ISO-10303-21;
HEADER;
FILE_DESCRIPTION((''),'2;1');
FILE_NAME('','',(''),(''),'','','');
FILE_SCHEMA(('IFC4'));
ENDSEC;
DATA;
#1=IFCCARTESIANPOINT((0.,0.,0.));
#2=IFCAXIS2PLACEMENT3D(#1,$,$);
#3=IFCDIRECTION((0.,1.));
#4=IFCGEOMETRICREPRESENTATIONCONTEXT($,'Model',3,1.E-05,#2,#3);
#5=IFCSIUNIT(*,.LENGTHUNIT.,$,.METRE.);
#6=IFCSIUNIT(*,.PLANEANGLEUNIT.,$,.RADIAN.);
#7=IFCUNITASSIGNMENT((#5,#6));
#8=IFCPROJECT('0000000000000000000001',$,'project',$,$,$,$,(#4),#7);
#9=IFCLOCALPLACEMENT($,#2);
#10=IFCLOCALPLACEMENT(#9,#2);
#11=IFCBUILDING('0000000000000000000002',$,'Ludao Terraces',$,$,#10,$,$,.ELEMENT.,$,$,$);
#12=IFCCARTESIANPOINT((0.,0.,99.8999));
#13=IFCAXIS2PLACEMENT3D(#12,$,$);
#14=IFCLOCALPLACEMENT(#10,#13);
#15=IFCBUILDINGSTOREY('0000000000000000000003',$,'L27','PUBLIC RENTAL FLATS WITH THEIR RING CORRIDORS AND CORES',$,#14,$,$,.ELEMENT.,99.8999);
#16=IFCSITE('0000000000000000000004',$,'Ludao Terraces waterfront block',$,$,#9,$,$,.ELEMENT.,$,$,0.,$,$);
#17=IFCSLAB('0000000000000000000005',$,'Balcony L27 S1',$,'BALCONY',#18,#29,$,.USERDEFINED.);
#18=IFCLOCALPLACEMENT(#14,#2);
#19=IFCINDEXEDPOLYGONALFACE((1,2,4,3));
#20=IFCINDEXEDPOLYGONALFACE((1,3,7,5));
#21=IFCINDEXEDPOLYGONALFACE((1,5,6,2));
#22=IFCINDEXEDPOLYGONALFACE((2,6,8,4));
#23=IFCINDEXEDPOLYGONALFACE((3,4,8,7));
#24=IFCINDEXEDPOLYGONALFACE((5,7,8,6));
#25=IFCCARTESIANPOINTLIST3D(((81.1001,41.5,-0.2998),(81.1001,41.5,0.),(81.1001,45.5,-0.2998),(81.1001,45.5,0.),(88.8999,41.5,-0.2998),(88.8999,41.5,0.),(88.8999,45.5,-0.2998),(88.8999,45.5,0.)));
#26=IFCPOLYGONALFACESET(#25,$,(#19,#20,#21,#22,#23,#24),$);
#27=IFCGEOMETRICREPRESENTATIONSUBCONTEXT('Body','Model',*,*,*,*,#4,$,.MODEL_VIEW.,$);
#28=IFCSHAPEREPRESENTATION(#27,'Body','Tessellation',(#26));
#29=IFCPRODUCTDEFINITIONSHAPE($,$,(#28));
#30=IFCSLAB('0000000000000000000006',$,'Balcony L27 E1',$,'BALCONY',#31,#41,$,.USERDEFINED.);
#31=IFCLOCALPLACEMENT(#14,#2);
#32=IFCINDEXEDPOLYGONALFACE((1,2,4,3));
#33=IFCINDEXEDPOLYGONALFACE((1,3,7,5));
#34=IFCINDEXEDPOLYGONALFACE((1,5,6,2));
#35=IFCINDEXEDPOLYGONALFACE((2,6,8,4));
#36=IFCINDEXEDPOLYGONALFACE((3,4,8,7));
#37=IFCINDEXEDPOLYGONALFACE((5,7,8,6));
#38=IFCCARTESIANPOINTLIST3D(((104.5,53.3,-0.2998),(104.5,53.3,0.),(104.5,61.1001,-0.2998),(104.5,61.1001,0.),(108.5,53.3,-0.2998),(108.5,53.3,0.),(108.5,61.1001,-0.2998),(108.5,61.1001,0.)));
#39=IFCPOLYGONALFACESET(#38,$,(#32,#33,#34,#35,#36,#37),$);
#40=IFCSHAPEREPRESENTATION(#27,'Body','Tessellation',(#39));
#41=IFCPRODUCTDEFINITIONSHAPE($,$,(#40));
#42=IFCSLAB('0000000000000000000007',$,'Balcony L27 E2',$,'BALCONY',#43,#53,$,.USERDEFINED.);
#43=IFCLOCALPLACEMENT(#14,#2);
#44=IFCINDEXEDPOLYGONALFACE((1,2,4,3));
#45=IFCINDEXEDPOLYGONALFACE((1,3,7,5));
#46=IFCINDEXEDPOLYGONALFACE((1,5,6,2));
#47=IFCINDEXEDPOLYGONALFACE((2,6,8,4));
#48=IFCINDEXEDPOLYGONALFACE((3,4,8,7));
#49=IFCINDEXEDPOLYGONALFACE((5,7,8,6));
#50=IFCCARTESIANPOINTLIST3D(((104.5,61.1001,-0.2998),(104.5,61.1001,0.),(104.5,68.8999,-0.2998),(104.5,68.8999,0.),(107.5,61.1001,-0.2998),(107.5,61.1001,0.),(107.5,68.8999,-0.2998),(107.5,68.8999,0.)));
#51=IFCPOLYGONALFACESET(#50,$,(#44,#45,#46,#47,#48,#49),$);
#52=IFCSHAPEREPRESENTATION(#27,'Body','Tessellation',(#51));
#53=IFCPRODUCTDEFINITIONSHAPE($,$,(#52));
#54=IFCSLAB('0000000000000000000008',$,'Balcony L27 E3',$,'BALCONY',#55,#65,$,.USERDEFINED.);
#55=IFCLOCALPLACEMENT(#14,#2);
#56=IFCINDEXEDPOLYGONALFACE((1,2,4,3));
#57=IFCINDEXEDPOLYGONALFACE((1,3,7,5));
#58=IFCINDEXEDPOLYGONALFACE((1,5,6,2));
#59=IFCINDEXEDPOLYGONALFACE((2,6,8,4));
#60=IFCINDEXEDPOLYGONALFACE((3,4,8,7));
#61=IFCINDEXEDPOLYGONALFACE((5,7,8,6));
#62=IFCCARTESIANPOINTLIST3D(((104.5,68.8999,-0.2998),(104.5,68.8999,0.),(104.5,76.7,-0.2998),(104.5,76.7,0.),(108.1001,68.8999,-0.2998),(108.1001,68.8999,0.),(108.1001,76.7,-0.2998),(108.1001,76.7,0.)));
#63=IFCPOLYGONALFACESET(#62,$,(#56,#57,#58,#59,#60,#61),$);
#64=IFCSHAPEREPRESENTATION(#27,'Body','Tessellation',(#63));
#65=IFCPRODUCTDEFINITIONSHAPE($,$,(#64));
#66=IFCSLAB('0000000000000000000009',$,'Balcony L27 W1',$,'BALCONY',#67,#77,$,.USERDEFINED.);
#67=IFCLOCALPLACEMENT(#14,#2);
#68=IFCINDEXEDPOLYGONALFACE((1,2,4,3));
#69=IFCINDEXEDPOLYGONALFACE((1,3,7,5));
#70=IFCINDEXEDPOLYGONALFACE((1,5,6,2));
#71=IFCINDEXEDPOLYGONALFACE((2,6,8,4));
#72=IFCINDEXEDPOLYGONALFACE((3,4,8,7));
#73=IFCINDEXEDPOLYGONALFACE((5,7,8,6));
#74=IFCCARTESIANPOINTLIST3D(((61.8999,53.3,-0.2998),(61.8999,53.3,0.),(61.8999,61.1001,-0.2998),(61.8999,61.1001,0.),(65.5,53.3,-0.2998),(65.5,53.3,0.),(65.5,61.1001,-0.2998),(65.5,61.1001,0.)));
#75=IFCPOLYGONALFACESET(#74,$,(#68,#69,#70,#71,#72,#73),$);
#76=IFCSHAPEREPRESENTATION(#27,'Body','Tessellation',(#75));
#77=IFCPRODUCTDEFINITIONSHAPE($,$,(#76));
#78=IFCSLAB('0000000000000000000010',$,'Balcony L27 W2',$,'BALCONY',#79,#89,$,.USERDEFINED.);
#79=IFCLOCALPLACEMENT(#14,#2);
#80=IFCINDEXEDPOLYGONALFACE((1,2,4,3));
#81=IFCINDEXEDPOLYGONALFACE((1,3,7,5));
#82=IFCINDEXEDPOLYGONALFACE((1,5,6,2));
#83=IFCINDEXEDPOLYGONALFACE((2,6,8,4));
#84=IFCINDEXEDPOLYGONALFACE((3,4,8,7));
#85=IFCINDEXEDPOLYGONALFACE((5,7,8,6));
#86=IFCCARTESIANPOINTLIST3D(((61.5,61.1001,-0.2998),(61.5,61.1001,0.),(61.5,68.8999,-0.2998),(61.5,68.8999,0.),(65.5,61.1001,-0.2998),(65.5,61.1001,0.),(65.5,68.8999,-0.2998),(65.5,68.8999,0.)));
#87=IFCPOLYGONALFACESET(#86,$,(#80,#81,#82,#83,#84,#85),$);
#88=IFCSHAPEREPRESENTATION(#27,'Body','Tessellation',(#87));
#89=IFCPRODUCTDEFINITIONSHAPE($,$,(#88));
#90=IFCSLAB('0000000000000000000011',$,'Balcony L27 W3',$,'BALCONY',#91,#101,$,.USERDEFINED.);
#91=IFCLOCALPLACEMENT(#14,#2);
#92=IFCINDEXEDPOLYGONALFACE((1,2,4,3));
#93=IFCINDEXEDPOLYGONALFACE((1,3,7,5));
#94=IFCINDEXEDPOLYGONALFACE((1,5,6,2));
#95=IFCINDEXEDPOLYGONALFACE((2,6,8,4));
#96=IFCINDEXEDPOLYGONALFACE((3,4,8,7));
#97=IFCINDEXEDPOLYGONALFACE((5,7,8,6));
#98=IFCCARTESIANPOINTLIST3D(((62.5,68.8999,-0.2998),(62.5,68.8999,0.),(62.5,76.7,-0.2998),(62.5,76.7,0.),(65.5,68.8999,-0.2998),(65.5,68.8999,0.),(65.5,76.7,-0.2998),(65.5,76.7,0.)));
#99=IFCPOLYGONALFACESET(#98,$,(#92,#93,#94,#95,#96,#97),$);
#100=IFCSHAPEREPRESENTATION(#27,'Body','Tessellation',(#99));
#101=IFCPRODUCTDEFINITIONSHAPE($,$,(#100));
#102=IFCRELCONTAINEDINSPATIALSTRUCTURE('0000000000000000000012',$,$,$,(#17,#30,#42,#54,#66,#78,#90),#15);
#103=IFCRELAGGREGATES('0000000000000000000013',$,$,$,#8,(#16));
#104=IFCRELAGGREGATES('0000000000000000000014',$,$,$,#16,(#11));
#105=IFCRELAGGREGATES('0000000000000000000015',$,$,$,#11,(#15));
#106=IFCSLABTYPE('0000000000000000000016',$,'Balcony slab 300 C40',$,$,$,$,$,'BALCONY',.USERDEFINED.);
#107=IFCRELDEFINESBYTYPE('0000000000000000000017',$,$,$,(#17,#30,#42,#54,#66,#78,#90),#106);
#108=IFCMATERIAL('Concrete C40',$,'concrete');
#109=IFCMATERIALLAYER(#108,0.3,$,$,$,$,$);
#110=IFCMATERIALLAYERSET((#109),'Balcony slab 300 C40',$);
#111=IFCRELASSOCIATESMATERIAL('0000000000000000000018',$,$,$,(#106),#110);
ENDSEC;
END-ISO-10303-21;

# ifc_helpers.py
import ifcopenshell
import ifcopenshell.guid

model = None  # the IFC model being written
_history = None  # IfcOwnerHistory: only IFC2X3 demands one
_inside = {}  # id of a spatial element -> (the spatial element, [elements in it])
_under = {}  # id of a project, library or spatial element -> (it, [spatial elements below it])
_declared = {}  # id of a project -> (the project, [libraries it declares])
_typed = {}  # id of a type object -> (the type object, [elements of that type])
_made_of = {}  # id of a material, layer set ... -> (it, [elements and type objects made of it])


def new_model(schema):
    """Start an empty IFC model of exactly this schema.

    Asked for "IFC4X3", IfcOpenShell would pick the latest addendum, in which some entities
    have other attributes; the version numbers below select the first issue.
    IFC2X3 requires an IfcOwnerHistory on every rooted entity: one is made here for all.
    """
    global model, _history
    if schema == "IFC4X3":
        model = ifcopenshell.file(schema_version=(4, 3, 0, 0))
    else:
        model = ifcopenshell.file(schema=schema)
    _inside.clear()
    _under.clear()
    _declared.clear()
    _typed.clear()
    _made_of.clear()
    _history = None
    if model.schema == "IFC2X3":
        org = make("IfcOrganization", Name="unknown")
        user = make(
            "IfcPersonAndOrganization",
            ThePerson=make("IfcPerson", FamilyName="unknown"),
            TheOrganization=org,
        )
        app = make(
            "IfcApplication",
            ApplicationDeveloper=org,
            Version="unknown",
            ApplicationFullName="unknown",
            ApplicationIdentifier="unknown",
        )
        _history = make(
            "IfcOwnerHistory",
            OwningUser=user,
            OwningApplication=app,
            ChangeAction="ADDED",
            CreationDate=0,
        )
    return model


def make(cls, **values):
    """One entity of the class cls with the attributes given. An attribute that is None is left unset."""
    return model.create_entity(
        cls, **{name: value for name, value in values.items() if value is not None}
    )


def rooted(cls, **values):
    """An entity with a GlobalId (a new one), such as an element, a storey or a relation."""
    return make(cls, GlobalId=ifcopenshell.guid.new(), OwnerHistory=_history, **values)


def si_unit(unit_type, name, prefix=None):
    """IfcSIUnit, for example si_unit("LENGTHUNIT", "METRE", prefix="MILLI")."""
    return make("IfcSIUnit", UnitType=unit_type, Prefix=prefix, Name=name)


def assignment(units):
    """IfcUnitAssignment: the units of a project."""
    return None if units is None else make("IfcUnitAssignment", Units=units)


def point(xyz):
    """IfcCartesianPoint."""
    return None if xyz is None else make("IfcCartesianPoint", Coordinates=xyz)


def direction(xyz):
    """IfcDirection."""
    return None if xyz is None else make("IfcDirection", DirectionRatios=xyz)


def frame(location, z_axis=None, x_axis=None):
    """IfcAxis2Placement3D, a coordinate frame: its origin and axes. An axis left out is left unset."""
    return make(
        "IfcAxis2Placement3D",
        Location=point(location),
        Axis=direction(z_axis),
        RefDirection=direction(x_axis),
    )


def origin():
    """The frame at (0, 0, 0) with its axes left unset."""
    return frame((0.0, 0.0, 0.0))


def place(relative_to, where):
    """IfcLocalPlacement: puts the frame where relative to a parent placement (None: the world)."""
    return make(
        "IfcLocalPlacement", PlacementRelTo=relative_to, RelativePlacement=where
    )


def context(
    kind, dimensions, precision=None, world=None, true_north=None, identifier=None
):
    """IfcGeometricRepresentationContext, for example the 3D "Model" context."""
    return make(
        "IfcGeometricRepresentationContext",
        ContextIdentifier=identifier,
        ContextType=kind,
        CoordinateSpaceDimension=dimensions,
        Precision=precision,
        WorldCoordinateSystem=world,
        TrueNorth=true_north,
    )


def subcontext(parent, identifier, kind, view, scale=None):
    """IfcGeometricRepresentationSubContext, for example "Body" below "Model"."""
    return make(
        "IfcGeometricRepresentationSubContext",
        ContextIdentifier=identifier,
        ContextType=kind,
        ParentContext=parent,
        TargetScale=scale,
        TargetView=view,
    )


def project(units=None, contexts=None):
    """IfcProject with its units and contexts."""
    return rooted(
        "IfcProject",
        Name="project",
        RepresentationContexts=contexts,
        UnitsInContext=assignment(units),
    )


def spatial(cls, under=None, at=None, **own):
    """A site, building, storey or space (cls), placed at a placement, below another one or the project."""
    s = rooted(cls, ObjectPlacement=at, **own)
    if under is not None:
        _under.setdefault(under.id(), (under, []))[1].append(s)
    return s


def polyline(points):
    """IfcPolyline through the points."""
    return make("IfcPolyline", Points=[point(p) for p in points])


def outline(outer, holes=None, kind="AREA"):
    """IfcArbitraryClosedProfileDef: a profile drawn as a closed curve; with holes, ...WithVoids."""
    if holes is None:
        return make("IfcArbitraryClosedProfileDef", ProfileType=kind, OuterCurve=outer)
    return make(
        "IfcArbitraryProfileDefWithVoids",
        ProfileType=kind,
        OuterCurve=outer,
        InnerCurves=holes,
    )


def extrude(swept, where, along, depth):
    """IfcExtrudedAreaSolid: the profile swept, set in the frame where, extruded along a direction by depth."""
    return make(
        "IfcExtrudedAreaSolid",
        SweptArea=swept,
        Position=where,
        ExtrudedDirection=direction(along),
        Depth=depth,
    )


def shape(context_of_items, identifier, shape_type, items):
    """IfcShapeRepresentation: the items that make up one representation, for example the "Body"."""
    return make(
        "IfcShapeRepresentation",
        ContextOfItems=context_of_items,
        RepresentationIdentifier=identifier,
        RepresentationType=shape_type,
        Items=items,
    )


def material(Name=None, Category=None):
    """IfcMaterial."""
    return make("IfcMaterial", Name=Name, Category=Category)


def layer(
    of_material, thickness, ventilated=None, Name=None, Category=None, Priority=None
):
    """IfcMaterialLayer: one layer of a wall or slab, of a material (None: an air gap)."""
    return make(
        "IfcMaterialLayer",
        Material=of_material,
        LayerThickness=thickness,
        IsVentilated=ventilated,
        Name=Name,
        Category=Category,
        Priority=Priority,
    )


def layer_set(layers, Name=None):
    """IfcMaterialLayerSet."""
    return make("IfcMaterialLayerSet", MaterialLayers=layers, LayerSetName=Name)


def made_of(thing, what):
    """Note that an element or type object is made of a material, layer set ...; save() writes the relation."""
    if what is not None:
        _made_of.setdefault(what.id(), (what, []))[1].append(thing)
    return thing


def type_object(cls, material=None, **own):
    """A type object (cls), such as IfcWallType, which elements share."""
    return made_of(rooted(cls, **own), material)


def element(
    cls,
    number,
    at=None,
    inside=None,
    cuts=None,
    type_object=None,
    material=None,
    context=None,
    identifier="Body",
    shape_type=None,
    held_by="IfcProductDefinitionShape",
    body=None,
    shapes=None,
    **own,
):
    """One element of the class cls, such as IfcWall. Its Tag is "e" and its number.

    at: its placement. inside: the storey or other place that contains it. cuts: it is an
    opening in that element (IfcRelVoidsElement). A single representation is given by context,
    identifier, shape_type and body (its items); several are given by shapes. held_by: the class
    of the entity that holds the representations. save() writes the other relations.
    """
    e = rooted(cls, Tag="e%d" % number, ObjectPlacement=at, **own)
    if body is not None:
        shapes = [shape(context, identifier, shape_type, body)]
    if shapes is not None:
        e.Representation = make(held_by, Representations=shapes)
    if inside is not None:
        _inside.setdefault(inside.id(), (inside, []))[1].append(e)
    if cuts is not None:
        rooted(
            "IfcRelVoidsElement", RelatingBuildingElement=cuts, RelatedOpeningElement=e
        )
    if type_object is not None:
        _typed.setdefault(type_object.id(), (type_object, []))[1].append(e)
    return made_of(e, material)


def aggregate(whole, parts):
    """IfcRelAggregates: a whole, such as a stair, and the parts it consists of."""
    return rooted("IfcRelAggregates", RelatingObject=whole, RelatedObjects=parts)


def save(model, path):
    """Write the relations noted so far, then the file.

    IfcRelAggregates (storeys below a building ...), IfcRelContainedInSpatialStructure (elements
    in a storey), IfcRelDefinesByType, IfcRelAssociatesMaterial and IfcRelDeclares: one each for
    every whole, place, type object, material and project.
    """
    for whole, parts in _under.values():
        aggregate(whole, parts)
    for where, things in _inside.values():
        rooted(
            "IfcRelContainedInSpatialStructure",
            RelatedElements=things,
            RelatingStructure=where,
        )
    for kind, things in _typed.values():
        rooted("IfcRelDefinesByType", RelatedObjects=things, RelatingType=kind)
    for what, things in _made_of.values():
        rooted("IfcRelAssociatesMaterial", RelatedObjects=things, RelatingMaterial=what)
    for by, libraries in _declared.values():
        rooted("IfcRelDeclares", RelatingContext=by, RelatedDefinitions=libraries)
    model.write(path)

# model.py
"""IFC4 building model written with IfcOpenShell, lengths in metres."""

from ifc_helpers import new_model, si_unit, direction, frame, origin, place, context, subcontext, project, spatial, polyline, outline, extrude, material, layer, layer_set, type_object, element, save


model = new_model("IFC4")

# Units and contexts
model_context = context("Model", 3, precision=1e-05, world=origin(), true_north=direction((0.0, 1.0)))
body_context = subcontext(model_context, "Body", "Model", "MODEL_VIEW")
ifc_project = project(units=[si_unit("LENGTHUNIT", "METRE"), si_unit("PLANEANGLEUNIT", "RADIAN")], contexts=[model_context])

# Site, building, storey
site_placement = place(None, origin())
site = spatial("IfcSite", under=ifc_project, at=site_placement, Name="Ludao Terraces waterfront block", CompositionType="ELEMENT", RefElevation=0.0)
building_placement = place(site_placement, origin())
building = spatial("IfcBuilding", under=site, at=building_placement, Name="Ludao Terraces", CompositionType="ELEMENT")
storey_placement = place(building_placement, frame((0.0, 0.0, 99.8999)))
storey = spatial("IfcBuildingStorey", under=building, at=storey_placement, Name="L27", Description="PUBLIC RENTAL FLATS WITH THEIR RING CORRIDORS AND CORES", CompositionType="ELEMENT", Elevation=99.8999)

# Slabs
ifc_material_1 = material(Name="Concrete C40", Category="concrete")
ifc_layer_1 = layer(ifc_material_1, 0.3)
ifc_layer_set_1 = layer_set([ifc_layer_1], Name="Balcony slab 300 C40")
slab_type_1 = type_object("IfcSlabType", Name="Balcony slab 300 C40", ElementType="BALCONY", PredefinedType="USERDEFINED", material=ifc_layer_set_1)
slab_1_placement = place(storey_placement, frame((0.0, 0.0, -0.2998)))
element("IfcSlab", 1, at=slab_1_placement, inside=storey, type_object=slab_type_1, Name="Balcony L27 S1", ObjectType="BALCONY", PredefinedType="USERDEFINED", context=body_context, shape_type="SweptSolid", body=[
    extrude(outline(polyline([(81.1001, 41.5), (88.8999, 41.5), (88.8999, 45.5), (81.1001, 45.5), (81.1001, 41.5)])), origin(), (0.0, 0.0, 1.0), 0.2998),
])
slab_2_placement = place(storey_placement, frame((0.0, 0.0, -0.2998)))
element("IfcSlab", 2, at=slab_2_placement, inside=storey, type_object=slab_type_1, Name="Balcony L27 E1", ObjectType="BALCONY", PredefinedType="USERDEFINED", context=body_context, shape_type="SweptSolid", body=[
    extrude(outline(polyline([(104.5, 53.3), (108.5, 53.3), (108.5, 61.1001), (104.5, 61.1001), (104.5, 53.3)])), origin(), (0.0, 0.0, 1.0), 0.2998),
])
slab_3_placement = place(storey_placement, frame((0.0, 0.0, -0.2998)))
element("IfcSlab", 3, at=slab_3_placement, inside=storey, type_object=slab_type_1, Name="Balcony L27 E2", ObjectType="BALCONY", PredefinedType="USERDEFINED", context=body_context, shape_type="SweptSolid", body=[
    extrude(outline(polyline([(104.5, 61.1001), (107.5, 61.1001), (107.5, 68.8999), (104.5, 68.8999), (104.5, 61.1001)])), origin(), (0.0, 0.0, 1.0), 0.2998),
])
slab_4_placement = place(storey_placement, frame((0.0, 0.0, -0.2998)))
element("IfcSlab", 4, at=slab_4_placement, inside=storey, type_object=slab_type_1, Name="Balcony L27 E3", ObjectType="BALCONY", PredefinedType="USERDEFINED", context=body_context, shape_type="SweptSolid", body=[
    extrude(outline(polyline([(104.5, 68.8999), (108.1001, 68.8999), (108.1001, 76.7), (104.5, 76.7), (104.5, 68.8999)])), origin(), (0.0, 0.0, 1.0), 0.2998),
])
slab_5_placement = place(storey_placement, frame((0.0, 0.0, -0.2998)))
element("IfcSlab", 5, at=slab_5_placement, inside=storey, type_object=slab_type_1, Name="Balcony L27 W1", ObjectType="BALCONY", PredefinedType="USERDEFINED", context=body_context, shape_type="SweptSolid", body=[
    extrude(outline(polyline([(61.8999, 53.3), (65.5, 53.3), (65.5, 61.1001), (61.8999, 61.1001), (61.8999, 53.3)])), origin(), (0.0, 0.0, 1.0), 0.2998),
])
slab_6_placement = place(storey_placement, frame((0.0, 0.0, -0.2998)))
element("IfcSlab", 6, at=slab_6_placement, inside=storey, type_object=slab_type_1, Name="Balcony L27 W2", ObjectType="BALCONY", PredefinedType="USERDEFINED", context=body_context, shape_type="SweptSolid", body=[
    extrude(outline(polyline([(61.5, 61.1001), (65.5, 61.1001), (65.5, 68.8999), (61.5, 68.8999), (61.5, 61.1001)])), origin(), (0.0, 0.0, 1.0), 0.2998),
])
slab_7_placement = place(storey_placement, frame((0.0, 0.0, -0.2998)))
element("IfcSlab", 7, at=slab_7_placement, inside=storey, type_object=slab_type_1, Name="Balcony L27 W3", ObjectType="BALCONY", PredefinedType="USERDEFINED", context=body_context, shape_type="SweptSolid", body=[
    extrude(outline(polyline([(62.5, 68.8999), (65.5, 68.8999), (65.5, 76.7), (62.5, 76.7), (62.5, 68.8999)])), origin(), (0.0, 0.0, 1.0), 0.2998),
])

save(model, "model.ifc")
